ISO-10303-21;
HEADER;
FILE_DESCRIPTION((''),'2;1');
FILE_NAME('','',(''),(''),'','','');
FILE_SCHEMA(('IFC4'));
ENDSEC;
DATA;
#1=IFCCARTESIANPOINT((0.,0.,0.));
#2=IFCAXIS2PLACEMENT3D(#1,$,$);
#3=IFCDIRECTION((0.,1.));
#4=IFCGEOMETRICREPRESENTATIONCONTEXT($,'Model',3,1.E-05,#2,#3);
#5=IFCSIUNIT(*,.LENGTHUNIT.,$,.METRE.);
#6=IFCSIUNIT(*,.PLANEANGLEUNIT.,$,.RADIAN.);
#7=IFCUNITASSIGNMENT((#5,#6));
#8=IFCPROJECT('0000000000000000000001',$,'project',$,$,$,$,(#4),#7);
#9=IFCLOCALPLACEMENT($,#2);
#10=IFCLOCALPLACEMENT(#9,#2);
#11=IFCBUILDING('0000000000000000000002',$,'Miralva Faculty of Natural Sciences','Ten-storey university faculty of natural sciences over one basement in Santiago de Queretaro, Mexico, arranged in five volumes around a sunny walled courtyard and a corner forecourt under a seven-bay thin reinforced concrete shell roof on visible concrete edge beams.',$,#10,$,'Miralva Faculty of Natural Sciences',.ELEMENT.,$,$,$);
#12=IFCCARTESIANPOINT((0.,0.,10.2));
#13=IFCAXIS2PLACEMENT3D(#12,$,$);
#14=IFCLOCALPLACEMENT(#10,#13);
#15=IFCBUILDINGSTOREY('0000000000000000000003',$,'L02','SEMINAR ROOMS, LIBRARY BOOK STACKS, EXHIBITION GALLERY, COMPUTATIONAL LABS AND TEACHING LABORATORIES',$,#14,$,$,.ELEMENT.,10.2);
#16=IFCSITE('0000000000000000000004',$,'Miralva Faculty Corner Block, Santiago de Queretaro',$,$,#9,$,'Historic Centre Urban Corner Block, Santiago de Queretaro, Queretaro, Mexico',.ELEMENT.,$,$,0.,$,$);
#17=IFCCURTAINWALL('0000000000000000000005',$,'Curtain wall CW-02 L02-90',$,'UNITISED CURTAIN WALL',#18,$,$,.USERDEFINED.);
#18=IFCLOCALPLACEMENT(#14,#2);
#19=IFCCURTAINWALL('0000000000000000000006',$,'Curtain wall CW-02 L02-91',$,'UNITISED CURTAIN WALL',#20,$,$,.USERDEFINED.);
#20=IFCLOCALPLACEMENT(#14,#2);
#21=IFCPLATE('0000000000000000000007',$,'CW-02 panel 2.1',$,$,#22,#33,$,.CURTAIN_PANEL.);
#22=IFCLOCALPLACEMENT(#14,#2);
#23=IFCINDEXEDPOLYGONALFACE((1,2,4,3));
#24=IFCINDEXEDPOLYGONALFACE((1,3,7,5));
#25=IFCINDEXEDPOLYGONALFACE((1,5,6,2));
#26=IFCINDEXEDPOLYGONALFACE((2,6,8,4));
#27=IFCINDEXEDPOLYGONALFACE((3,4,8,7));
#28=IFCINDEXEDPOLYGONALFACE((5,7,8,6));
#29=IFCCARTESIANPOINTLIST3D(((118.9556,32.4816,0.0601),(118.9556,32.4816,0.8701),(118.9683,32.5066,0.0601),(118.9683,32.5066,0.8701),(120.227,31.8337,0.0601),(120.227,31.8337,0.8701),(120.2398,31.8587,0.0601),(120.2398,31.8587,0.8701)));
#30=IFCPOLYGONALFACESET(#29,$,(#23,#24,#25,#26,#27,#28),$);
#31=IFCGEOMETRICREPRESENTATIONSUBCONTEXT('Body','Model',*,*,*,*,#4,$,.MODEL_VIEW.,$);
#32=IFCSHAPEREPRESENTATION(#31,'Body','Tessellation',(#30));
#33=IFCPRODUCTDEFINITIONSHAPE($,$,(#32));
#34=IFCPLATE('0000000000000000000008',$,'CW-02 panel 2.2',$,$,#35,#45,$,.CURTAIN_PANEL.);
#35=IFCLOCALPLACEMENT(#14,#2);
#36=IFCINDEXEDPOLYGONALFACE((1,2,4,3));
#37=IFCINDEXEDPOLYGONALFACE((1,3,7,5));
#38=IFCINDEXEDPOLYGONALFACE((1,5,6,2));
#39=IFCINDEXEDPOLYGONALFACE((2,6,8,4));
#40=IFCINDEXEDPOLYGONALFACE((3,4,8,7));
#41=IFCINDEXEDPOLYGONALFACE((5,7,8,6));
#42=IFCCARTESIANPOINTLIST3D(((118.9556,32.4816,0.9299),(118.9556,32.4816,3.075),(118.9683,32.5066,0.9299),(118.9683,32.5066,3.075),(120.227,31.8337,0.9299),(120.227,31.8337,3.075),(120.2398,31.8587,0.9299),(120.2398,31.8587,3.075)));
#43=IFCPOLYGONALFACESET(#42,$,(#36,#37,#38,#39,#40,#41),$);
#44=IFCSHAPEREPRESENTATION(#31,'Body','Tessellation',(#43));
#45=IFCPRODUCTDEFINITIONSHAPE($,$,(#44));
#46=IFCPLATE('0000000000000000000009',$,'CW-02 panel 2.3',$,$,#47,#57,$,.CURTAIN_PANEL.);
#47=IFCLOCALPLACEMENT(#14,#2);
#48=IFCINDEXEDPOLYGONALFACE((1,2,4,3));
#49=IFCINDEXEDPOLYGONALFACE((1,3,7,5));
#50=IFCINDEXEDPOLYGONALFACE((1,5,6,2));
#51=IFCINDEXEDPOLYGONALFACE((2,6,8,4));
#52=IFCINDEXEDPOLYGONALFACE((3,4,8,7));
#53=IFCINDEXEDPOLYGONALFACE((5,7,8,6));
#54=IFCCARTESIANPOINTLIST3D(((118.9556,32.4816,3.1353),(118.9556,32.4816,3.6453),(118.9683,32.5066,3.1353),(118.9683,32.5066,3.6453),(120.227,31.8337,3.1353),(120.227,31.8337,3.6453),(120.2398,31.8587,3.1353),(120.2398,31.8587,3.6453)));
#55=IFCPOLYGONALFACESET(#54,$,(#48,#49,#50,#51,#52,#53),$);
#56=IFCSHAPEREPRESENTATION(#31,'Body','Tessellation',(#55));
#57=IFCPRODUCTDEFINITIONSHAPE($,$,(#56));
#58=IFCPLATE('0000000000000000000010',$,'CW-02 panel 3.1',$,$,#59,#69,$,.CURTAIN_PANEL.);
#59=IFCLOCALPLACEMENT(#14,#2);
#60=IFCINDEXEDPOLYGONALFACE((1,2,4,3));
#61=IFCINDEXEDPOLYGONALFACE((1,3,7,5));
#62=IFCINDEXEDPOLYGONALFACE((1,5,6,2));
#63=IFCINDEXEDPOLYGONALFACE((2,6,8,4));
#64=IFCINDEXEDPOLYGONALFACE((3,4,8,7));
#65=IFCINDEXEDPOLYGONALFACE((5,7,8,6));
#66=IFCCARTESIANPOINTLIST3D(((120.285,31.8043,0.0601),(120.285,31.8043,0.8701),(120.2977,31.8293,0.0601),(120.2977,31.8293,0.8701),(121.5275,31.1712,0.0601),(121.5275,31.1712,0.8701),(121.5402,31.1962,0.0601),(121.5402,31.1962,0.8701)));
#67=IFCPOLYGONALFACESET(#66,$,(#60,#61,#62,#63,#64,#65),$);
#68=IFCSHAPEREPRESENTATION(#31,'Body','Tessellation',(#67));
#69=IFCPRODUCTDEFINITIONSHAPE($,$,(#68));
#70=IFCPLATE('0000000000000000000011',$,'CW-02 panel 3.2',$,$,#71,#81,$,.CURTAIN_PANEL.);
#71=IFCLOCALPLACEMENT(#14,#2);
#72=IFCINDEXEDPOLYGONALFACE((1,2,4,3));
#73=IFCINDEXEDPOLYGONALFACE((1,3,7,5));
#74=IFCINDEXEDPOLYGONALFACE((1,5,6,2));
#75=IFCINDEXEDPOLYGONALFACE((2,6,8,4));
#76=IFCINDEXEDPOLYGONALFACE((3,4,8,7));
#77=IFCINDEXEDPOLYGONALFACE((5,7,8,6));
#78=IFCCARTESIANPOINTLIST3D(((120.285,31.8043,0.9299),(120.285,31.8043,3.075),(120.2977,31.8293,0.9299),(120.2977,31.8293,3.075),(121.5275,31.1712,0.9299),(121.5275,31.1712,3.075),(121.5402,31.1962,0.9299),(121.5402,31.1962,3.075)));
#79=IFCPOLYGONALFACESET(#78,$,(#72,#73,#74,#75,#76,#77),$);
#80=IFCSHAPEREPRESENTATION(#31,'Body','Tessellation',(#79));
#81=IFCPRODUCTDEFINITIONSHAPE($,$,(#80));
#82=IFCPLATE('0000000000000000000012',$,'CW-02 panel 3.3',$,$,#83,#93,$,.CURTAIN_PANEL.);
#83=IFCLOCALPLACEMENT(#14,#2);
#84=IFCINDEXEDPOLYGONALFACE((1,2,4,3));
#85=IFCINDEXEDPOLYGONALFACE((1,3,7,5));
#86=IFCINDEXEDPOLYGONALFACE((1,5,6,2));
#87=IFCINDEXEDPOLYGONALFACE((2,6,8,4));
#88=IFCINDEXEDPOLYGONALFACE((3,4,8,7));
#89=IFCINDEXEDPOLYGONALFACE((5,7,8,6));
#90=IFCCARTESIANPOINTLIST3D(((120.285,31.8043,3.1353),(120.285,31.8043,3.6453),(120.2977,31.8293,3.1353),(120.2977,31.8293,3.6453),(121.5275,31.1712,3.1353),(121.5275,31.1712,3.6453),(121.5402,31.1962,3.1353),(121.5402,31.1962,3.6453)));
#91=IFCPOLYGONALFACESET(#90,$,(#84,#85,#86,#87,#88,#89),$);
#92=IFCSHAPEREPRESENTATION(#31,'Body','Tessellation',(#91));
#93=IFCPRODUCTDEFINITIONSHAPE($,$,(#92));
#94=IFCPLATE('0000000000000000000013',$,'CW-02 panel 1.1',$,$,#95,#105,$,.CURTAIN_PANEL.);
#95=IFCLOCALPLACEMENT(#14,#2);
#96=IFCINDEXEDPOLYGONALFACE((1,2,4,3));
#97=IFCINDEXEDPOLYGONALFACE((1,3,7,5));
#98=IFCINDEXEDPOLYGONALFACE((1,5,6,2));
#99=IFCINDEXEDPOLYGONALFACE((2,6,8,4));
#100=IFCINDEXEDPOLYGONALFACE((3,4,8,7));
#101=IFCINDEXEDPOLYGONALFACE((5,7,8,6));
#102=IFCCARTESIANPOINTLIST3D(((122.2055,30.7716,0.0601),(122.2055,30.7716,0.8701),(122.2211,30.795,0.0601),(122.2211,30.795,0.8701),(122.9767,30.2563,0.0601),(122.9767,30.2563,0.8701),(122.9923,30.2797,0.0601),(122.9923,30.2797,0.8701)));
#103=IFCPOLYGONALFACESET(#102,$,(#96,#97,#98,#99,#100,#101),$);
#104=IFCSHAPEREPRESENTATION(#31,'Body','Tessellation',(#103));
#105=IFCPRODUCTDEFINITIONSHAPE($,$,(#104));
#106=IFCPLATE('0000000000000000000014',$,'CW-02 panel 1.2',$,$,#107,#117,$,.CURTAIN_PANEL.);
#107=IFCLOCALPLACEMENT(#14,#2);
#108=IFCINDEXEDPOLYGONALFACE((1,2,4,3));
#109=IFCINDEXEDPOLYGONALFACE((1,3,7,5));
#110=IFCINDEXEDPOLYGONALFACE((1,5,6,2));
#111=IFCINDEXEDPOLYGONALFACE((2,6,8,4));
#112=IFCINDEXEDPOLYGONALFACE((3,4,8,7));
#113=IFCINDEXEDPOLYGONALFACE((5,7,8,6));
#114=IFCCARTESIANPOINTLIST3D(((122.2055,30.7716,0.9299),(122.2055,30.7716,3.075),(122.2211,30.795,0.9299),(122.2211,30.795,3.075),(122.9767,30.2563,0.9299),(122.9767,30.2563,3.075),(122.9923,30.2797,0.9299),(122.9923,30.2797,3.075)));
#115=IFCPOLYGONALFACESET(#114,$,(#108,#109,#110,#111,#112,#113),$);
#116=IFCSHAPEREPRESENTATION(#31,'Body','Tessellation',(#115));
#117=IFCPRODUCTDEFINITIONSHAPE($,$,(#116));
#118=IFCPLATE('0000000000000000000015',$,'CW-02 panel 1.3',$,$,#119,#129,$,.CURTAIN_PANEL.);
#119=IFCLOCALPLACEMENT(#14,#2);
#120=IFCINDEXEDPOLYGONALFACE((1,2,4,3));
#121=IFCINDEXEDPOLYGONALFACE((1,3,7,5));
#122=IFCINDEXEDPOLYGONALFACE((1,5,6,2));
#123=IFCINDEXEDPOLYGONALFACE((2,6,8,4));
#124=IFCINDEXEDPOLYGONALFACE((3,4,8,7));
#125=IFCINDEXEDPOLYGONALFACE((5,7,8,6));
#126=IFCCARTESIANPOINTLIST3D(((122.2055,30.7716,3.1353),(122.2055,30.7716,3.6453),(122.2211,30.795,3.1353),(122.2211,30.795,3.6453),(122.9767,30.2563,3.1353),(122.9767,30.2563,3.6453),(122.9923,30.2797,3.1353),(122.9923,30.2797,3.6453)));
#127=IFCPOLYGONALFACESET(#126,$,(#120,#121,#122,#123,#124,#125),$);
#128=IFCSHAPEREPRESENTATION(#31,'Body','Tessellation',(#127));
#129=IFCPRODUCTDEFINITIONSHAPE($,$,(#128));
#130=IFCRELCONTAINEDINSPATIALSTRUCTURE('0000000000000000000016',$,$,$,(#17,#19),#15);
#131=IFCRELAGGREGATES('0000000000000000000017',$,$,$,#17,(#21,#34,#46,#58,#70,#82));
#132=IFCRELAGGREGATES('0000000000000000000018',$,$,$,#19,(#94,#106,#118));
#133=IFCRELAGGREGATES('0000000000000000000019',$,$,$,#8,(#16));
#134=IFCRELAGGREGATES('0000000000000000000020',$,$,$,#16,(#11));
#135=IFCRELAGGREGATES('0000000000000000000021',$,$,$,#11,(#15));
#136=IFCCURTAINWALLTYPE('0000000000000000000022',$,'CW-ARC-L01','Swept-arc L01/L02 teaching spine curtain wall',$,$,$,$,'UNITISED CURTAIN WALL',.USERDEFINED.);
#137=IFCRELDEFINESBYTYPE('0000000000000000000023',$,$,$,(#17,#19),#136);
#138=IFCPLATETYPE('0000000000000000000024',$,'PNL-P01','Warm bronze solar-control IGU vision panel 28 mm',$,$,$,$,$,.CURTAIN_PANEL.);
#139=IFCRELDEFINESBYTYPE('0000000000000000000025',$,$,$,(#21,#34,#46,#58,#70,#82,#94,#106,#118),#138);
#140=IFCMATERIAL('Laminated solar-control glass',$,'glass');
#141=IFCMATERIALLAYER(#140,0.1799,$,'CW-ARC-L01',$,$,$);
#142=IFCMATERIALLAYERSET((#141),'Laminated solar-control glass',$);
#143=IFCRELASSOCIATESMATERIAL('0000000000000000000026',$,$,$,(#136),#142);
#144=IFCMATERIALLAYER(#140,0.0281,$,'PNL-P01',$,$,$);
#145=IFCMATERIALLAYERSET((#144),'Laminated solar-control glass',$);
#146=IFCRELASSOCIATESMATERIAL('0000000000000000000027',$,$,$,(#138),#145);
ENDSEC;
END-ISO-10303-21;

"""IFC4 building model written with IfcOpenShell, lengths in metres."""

from ifc_helpers import new_model, si_unit, direction, frame, origin, origin_2d, place, context, subcontext, project, spatial, rectangle, extrude, material, layer, layer_set, type_object, element, aggregate, save


model = new_model("IFC4")

# Units and contexts
model_context = context("Model", 3, precision=1e-05, world=origin(), true_north=direction((0.0, 1.0)))
body_context = subcontext(model_context, "Body", "Model", "MODEL_VIEW")
ifc_project = project(units=[si_unit("LENGTHUNIT", "METRE"), si_unit("PLANEANGLEUNIT", "RADIAN")], contexts=[model_context])

# Site, building, storey
site_placement = place(None, origin())
site = spatial("IfcSite", under=ifc_project, at=site_placement, Name="Miralva Faculty Corner Block, Santiago de Queretaro", LongName="Historic Centre Urban Corner Block, Santiago de Queretaro, Queretaro, Mexico", CompositionType="ELEMENT", RefElevation=0.0)
building_placement = place(site_placement, origin())
building = spatial("IfcBuilding", under=site, at=building_placement, Name="Miralva Faculty of Natural Sciences", Description="Ten-storey university faculty of natural sciences over one basement in Santiago de Queretaro, Mexico, arranged in five volumes around a sunny walled courtyard and a corner forecourt under a seven-bay thin reinforced concrete shell roof on visible concrete edge beams.", LongName="Miralva Faculty of Natural Sciences", CompositionType="ELEMENT")
storey_placement = place(building_placement, frame((0.0, 0.0, 10.2)))
storey = spatial("IfcBuildingStorey", under=building, at=storey_placement, Name="L02", Description="SEMINAR ROOMS, LIBRARY BOOK STACKS, EXHIBITION GALLERY, COMPUTATIONAL LABS AND TEACHING LABORATORIES", CompositionType="ELEMENT", Elevation=10.2)

# Shared definitions
ifc_material_1 = material(Name="Laminated solar-control glass", Category="glass")
ifc_layer_1 = layer(ifc_material_1, 0.1799, Name="CW-ARC-L01")
ifc_layer_set_1 = layer_set([ifc_layer_1], Name="Laminated solar-control glass")
curtain_wall_type_1 = type_object("IfcCurtainWallType", Name="CW-ARC-L01", Description="Swept-arc L01/L02 teaching spine curtain wall", ElementType="UNITISED CURTAIN WALL", PredefinedType="USERDEFINED", material=ifc_layer_set_1)

# Curtain wall
curtain_wall_1_placement = place(storey_placement, origin())
curtain_wall_1 = element("IfcCurtainWall", 1, at=curtain_wall_1_placement, inside=storey, type_object=curtain_wall_type_1, Name="Curtain wall CW-02 L02-90", ObjectType="UNITISED CURTAIN WALL", PredefinedType="USERDEFINED")

# Curtain wall
curtain_wall_2_placement = place(storey_placement, origin())
curtain_wall_2 = element("IfcCurtainWall", 2, at=curtain_wall_2_placement, inside=storey, type_object=curtain_wall_type_1, Name="Curtain wall CW-02 L02-91", ObjectType="UNITISED CURTAIN WALL", PredefinedType="USERDEFINED")

# Plates
ifc_layer_2 = layer(ifc_material_1, 0.0281, Name="PNL-P01")
ifc_layer_set_2 = layer_set([ifc_layer_2], Name="Laminated solar-control glass")
plate_type = type_object("IfcPlateType", Name="PNL-P01", Description="Warm bronze solar-control IGU vision panel 28 mm", PredefinedType="CURTAIN_PANEL", material=ifc_layer_set_2)
plate_1_placement = place(storey_placement, frame((119.5977, 32.1702, 0.0601), z_axis=(0.0, 0.0, 1.0), x_axis=(0.891001, -0.454001, 0.0)))
plate_1 = element("IfcPlate", 3, at=plate_1_placement, type_object=plate_type, Name="CW-02 panel 2.1", PredefinedType="CURTAIN_PANEL", context=body_context, shape_type="SweptSolid", body=[
    extrude(rectangle(XDim=1.427, YDim=0.0281, at=origin_2d()), origin(), (0.0, 0.0, 1.0), 0.8101),
])
plate_2_placement = place(storey_placement, frame((119.5977, 32.1702, 0.9299), z_axis=(0.0, 0.0, 1.0), x_axis=(0.891001, -0.454001, 0.0)))
plate_2 = element("IfcPlate", 4, at=plate_2_placement, type_object=plate_type, Name="CW-02 panel 2.2", PredefinedType="CURTAIN_PANEL", context=body_context, shape_type="SweptSolid", body=[
    extrude(rectangle(XDim=1.427, YDim=0.0281, at=origin_2d()), origin(), (0.0, 0.0, 1.0), 2.145),
])
plate_3_placement = place(storey_placement, frame((119.5977, 32.1702, 3.1353), z_axis=(0.0, 0.0, 1.0), x_axis=(0.891001, -0.454001, 0.0)))
plate_3 = element("IfcPlate", 5, at=plate_3_placement, type_object=plate_type, Name="CW-02 panel 2.3", PredefinedType="CURTAIN_PANEL", context=body_context, shape_type="SweptSolid", body=[
    extrude(rectangle(XDim=1.427, YDim=0.0281, at=origin_2d()), origin(), (0.0, 0.0, 1.0), 0.51),
])
plate_4_placement = place(storey_placement, frame((120.9126, 31.5002, 0.0601), z_axis=(0.0, 0.0, 1.0), x_axis=(0.891001, -0.454001, 0.0)))
plate_4 = element("IfcPlate", 6, at=plate_4_placement, type_object=plate_type, Name="CW-02 panel 3.1", PredefinedType="CURTAIN_PANEL", context=body_context, shape_type="SweptSolid", body=[
    extrude(rectangle(XDim=1.3945, YDim=0.0281, at=origin_2d()), origin(), (0.0, 0.0, 1.0), 0.8101),
])
plate_5_placement = place(storey_placement, frame((120.9126, 31.5002, 0.9299), z_axis=(0.0, 0.0, 1.0), x_axis=(0.891001, -0.454001, 0.0)))
plate_5 = element("IfcPlate", 7, at=plate_5_placement, type_object=plate_type, Name="CW-02 panel 3.2", PredefinedType="CURTAIN_PANEL", context=body_context, shape_type="SweptSolid", body=[
    extrude(rectangle(XDim=1.3945, YDim=0.0281, at=origin_2d()), origin(), (0.0, 0.0, 1.0), 2.145),
])
plate_6_placement = place(storey_placement, frame((120.9126, 31.5002, 3.1353), z_axis=(0.0, 0.0, 1.0), x_axis=(0.891001, -0.454001, 0.0)))
plate_6 = element("IfcPlate", 8, at=plate_6_placement, type_object=plate_type, Name="CW-02 panel 3.3", PredefinedType="CURTAIN_PANEL", context=body_context, shape_type="SweptSolid", body=[
    extrude(rectangle(XDim=1.3945, YDim=0.0281, at=origin_2d()), origin(), (0.0, 0.0, 1.0), 0.51),
])
aggregate(curtain_wall_1, [plate_1, plate_2, plate_3, plate_4, plate_5, plate_6])
plate_7_placement = place(storey_placement, frame((122.5989, 30.5256, 0.0601), z_axis=(0.0, 0.0, 1.0), x_axis=(0.831457, -0.555589, 0.0)))
plate_7 = element("IfcPlate", 9, at=plate_7_placement, type_object=plate_type, Name="CW-02 panel 1.1", PredefinedType="CURTAIN_PANEL", context=body_context, shape_type="SweptSolid", body=[
    extrude(rectangle(XDim=0.9275, YDim=0.0281, at=origin_2d()), origin(), (0.0, 0.0, 1.0), 0.8101),
])
plate_8_placement = place(storey_placement, frame((122.5989, 30.5256, 0.9299), z_axis=(0.0, 0.0, 1.0), x_axis=(0.831457, -0.555589, 0.0)))
plate_8 = element("IfcPlate", 10, at=plate_8_placement, type_object=plate_type, Name="CW-02 panel 1.2", PredefinedType="CURTAIN_PANEL", context=body_context, shape_type="SweptSolid", body=[
    extrude(rectangle(XDim=0.9275, YDim=0.0281, at=origin_2d()), origin(), (0.0, 0.0, 1.0), 2.145),
])
plate_9_placement = place(storey_placement, frame((122.5989, 30.5256, 3.1353), z_axis=(0.0, 0.0, 1.0), x_axis=(0.831457, -0.555589, 0.0)))
plate_9 = element("IfcPlate", 11, at=plate_9_placement, type_object=plate_type, Name="CW-02 panel 1.3", PredefinedType="CURTAIN_PANEL", context=body_context, shape_type="SweptSolid", body=[
    extrude(rectangle(XDim=0.9275, YDim=0.0281, at=origin_2d()), origin(), (0.0, 0.0, 1.0), 0.51),
])
aggregate(curtain_wall_2, [plate_7, plate_8, plate_9])

save(model, "model.ifc")
